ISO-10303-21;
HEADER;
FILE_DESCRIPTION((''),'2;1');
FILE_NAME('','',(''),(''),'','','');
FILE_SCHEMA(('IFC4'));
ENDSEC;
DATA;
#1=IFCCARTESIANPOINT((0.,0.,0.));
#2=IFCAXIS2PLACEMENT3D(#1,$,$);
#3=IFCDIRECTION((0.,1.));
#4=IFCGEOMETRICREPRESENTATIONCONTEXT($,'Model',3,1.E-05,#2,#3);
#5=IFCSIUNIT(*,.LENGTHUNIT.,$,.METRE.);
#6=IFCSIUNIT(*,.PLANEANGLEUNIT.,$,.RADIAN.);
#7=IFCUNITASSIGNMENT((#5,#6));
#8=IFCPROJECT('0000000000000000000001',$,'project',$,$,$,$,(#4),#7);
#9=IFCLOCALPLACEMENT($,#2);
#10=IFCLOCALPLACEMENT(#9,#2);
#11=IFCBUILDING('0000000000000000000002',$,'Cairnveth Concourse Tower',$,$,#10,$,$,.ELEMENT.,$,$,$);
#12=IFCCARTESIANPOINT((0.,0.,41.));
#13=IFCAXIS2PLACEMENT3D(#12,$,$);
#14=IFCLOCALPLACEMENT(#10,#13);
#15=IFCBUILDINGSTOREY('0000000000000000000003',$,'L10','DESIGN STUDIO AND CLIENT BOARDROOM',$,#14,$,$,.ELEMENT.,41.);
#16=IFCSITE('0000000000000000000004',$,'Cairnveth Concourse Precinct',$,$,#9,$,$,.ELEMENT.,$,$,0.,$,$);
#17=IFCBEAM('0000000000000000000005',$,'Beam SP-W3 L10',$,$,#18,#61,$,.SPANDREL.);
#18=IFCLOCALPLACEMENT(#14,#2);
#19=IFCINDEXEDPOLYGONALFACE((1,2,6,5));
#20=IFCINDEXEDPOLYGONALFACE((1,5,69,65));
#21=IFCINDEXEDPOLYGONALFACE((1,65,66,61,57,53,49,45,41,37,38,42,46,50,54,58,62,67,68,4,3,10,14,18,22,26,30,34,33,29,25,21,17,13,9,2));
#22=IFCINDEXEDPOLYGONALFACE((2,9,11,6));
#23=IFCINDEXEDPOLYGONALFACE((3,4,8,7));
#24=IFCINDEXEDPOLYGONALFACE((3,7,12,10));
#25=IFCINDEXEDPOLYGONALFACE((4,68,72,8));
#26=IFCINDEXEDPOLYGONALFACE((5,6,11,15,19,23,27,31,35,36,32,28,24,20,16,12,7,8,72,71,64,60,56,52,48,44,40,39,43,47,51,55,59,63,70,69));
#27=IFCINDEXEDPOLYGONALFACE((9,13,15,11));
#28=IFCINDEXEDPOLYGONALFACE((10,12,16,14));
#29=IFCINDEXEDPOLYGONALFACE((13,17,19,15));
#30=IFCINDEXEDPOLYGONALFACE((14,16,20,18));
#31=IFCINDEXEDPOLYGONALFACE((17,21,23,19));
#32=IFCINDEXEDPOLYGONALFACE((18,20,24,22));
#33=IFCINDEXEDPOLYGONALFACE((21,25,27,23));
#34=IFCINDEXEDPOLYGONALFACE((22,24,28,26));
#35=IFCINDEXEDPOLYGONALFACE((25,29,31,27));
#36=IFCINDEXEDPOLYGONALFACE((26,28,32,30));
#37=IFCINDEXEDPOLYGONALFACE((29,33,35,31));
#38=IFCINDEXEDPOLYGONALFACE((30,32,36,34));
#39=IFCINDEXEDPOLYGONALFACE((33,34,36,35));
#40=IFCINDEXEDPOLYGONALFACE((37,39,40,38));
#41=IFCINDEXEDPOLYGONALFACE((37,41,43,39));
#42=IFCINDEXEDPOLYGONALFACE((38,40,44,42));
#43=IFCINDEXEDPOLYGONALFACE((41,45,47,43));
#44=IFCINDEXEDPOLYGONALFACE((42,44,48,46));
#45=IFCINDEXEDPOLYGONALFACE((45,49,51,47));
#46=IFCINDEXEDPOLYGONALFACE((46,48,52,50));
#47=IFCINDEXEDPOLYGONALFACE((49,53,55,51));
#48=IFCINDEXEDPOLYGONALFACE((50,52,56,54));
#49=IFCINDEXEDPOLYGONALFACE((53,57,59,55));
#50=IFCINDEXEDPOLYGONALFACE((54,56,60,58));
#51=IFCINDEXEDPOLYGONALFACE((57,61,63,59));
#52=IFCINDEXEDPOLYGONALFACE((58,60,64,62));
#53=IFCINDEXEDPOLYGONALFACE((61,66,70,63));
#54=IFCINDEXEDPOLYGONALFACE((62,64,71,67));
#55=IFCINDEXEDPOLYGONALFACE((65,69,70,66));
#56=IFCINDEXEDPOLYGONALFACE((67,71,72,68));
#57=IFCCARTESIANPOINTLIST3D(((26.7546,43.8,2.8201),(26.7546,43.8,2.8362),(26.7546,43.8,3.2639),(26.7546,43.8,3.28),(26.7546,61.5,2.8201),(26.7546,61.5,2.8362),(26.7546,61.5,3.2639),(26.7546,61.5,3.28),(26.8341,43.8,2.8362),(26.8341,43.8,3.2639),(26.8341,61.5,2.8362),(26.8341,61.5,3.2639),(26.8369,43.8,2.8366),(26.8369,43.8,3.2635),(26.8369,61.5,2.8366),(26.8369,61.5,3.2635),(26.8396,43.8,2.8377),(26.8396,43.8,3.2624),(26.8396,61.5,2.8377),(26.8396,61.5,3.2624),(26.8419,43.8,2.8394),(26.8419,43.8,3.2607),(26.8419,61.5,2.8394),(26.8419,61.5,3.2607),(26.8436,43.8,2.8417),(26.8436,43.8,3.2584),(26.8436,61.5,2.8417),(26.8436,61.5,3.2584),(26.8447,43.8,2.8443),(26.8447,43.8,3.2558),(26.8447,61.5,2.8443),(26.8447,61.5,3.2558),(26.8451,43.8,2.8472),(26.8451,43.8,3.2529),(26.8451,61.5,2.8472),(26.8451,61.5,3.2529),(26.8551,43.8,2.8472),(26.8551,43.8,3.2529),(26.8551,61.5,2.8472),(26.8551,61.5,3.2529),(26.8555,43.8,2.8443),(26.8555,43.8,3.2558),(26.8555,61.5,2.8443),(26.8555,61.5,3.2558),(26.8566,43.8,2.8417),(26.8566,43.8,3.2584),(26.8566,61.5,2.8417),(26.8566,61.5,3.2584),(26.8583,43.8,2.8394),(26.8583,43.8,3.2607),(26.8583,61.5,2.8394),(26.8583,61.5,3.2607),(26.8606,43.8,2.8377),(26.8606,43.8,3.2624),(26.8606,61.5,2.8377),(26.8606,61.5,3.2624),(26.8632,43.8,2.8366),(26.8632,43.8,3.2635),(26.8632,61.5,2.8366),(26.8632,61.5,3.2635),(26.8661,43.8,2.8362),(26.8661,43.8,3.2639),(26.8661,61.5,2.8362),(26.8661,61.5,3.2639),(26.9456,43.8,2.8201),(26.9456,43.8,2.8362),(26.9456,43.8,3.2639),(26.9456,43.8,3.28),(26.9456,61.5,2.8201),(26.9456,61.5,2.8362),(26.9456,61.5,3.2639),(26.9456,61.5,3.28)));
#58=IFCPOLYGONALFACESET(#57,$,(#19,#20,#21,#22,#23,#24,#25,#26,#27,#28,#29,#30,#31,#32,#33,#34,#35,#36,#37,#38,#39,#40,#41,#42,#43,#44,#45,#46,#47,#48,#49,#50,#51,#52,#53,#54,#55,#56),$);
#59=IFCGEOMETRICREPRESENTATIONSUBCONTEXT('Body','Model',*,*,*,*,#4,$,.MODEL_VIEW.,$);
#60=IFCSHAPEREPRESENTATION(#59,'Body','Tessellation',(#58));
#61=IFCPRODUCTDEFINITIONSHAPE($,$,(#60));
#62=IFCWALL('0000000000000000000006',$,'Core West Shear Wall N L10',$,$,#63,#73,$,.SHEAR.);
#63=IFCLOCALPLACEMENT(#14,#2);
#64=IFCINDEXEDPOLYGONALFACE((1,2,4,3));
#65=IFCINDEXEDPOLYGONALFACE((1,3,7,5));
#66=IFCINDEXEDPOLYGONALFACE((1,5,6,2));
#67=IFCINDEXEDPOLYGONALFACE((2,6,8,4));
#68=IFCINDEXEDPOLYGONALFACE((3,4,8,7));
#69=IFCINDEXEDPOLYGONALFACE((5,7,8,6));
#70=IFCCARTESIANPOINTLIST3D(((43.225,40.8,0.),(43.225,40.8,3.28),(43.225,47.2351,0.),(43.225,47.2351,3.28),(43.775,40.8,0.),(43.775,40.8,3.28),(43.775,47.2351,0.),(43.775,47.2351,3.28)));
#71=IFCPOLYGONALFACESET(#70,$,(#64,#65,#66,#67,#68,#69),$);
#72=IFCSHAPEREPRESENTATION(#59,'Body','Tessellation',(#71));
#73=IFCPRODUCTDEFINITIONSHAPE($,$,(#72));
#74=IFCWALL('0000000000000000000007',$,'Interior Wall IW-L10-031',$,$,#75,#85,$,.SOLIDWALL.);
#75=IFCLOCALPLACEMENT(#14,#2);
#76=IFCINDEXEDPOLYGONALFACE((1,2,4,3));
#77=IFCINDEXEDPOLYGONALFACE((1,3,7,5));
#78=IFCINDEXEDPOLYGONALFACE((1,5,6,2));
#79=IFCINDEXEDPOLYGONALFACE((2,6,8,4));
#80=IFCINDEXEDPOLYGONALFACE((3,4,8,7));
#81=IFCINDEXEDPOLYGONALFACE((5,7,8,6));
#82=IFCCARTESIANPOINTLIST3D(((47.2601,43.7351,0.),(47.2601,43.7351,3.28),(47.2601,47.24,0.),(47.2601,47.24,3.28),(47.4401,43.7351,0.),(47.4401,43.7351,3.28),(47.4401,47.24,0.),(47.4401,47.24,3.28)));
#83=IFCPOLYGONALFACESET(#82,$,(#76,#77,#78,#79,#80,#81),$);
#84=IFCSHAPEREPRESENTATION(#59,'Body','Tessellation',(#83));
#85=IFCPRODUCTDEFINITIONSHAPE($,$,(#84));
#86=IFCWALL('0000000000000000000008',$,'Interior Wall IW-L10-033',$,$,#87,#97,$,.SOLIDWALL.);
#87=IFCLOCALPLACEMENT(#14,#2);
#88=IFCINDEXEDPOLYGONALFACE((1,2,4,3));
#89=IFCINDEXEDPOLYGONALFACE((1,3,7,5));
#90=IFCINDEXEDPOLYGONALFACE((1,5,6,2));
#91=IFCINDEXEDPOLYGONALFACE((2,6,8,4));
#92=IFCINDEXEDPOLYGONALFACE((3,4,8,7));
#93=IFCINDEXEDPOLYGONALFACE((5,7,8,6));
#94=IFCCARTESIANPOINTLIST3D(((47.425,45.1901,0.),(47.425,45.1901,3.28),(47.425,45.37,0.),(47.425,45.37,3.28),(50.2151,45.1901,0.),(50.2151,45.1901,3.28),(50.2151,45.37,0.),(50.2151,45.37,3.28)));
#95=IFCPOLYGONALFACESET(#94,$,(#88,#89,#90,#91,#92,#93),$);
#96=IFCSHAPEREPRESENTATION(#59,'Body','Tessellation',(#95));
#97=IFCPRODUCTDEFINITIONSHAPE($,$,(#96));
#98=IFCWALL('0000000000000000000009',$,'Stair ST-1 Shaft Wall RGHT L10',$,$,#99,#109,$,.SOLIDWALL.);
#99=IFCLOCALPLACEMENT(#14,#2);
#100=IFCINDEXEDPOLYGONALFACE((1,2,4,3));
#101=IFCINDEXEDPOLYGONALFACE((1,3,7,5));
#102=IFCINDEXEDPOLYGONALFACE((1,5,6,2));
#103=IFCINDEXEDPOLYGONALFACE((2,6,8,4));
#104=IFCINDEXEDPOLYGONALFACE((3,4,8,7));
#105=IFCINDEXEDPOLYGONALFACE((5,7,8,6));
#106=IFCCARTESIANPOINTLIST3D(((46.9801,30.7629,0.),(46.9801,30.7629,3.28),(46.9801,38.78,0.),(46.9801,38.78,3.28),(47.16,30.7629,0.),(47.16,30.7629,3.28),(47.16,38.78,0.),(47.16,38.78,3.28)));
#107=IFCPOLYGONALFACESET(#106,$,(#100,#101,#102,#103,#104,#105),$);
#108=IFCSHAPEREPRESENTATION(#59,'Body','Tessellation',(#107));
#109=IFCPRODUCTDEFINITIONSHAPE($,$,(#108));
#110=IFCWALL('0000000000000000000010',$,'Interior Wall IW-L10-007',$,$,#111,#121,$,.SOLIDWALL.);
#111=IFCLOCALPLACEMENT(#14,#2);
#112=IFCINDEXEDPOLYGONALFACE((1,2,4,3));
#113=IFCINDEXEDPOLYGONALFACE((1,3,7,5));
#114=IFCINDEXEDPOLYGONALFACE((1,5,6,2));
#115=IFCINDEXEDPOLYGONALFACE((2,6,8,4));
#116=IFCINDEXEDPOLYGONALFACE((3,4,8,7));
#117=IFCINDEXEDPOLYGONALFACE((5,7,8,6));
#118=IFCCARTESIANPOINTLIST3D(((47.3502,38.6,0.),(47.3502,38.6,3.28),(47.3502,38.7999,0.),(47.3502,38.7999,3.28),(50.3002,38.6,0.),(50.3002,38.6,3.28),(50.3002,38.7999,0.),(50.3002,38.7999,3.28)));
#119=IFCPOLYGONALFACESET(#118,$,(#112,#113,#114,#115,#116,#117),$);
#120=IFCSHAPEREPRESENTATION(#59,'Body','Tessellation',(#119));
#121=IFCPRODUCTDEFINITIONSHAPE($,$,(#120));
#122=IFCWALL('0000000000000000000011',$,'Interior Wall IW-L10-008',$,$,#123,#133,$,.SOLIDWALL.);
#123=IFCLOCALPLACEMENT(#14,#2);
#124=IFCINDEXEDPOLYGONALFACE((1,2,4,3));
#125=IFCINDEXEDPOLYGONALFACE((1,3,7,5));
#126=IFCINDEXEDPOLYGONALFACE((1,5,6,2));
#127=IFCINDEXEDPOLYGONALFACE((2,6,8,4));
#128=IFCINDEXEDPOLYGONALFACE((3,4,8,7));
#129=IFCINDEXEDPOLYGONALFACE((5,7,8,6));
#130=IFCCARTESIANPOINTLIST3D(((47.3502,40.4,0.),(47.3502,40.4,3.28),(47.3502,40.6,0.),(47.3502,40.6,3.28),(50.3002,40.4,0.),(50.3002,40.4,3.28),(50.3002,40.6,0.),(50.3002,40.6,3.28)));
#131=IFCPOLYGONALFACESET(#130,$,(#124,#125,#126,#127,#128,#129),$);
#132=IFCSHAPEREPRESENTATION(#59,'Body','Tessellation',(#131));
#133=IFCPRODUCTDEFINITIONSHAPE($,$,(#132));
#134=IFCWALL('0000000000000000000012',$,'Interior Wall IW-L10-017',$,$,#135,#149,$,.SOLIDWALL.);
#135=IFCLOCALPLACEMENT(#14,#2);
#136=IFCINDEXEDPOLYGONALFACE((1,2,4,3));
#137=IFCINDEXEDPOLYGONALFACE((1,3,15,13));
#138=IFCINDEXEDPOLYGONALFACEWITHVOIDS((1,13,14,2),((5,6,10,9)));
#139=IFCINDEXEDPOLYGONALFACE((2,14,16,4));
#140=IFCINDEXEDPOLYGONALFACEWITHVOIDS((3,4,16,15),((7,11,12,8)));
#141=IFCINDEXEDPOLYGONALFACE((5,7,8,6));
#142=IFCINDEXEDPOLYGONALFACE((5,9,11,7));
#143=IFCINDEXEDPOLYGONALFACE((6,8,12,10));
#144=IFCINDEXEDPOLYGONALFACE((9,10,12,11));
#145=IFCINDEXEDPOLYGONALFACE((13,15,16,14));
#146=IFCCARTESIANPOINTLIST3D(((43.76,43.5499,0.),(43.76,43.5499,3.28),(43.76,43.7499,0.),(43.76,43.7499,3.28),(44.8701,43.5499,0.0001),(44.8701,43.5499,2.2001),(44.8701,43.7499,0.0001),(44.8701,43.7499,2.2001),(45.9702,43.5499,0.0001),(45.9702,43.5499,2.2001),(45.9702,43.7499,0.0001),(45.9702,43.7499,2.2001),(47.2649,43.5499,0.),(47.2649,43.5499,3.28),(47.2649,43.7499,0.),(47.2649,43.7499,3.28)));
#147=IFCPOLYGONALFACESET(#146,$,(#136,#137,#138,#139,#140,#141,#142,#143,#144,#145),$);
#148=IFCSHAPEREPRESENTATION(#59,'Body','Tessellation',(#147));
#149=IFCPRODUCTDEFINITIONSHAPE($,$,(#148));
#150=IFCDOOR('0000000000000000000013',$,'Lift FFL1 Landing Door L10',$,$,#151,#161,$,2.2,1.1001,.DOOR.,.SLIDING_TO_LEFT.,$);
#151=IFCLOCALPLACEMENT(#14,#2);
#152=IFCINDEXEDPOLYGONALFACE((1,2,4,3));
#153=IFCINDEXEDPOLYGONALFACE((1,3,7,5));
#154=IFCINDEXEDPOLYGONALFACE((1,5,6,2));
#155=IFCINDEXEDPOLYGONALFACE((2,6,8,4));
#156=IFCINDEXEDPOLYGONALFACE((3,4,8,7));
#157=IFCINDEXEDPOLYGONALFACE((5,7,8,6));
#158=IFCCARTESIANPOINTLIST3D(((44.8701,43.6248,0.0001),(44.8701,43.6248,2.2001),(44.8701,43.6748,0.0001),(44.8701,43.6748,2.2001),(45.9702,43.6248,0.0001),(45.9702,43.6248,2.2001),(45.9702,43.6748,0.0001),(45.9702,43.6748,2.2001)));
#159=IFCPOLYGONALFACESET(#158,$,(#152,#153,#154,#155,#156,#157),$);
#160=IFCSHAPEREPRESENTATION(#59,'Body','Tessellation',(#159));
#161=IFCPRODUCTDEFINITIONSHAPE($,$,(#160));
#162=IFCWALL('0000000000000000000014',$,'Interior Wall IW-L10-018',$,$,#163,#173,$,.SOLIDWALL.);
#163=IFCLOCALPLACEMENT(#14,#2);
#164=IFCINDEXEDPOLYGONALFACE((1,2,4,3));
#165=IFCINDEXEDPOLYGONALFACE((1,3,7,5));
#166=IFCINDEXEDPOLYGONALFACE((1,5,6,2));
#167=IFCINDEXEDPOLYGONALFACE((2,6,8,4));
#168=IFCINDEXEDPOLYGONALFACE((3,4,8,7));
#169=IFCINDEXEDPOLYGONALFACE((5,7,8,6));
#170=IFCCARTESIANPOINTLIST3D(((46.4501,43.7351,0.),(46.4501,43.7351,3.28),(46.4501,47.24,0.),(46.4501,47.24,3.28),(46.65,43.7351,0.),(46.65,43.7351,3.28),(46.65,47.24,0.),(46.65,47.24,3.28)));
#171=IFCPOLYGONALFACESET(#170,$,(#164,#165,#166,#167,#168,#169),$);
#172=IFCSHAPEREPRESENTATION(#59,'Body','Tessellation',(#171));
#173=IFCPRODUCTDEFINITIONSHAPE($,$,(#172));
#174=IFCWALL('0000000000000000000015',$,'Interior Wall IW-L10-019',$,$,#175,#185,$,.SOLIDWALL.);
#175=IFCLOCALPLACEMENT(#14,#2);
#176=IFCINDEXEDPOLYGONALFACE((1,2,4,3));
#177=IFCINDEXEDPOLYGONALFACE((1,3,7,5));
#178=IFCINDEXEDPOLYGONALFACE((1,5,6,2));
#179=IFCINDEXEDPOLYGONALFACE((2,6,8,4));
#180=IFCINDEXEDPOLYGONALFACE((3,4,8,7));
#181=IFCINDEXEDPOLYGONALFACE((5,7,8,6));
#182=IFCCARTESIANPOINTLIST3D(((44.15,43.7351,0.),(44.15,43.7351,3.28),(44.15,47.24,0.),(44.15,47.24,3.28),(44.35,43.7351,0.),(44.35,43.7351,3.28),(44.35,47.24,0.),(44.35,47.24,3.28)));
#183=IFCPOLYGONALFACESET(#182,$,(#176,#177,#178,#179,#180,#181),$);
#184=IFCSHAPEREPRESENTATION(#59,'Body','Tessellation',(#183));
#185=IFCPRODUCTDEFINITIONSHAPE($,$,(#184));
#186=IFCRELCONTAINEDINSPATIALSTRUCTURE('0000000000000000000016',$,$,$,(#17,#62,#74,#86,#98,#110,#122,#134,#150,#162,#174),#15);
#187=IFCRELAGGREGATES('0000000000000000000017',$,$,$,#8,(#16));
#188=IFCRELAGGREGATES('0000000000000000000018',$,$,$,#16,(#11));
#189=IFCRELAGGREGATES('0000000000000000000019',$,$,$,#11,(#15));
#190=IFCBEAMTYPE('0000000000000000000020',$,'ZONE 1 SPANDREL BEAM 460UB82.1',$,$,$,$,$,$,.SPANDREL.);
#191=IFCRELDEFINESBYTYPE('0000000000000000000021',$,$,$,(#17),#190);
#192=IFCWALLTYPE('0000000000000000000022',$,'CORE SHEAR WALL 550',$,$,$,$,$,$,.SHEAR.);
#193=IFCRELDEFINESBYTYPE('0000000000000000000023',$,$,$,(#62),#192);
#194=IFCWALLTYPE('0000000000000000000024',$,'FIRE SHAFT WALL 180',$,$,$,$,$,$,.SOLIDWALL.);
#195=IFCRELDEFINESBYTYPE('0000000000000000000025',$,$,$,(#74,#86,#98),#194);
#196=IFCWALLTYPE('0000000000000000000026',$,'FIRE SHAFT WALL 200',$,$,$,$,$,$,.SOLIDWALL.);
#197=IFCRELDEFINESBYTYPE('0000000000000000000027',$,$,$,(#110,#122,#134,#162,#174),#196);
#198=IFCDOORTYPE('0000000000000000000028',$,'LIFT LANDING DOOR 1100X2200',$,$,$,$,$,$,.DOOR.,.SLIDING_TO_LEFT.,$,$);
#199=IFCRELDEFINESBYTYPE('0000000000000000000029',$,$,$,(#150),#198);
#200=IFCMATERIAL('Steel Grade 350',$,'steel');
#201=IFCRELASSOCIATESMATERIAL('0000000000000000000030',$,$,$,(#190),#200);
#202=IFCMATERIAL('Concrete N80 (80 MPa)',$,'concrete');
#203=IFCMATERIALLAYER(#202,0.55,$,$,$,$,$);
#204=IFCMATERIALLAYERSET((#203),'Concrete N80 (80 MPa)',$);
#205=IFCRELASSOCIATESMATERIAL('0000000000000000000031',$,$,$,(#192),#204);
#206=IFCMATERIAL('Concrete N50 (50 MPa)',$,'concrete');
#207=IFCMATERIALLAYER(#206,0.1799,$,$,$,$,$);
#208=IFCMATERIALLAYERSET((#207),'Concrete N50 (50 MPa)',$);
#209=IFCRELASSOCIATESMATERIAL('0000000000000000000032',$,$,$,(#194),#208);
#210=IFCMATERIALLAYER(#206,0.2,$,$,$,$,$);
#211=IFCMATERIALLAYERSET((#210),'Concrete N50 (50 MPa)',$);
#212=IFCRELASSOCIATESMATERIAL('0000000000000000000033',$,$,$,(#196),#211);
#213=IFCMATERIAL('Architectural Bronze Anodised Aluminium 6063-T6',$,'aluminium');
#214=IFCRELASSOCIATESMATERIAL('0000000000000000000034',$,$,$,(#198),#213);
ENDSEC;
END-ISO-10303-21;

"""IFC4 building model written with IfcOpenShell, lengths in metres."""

from ifc_helpers import new_model, si_unit, direction, frame, frame_2d, origin, origin_2d, place, context, subcontext, project, spatial, rectangle, i_section, extrude, material, layer, layer_set, material_profile, profile_set, type_object, element, fill, save


model = new_model("IFC4")

# Units and contexts
model_context = context("Model", 3, precision=1e-05, world=origin(), true_north=direction((0.0, 1.0)))
body_context = subcontext(model_context, "Body", "Model", "MODEL_VIEW")
ifc_project = project(units=[si_unit("LENGTHUNIT", "METRE"), si_unit("PLANEANGLEUNIT", "RADIAN")], contexts=[model_context])

# Site, building, storey
site_placement = place(None, origin())
site = spatial("IfcSite", under=ifc_project, at=site_placement, Name="Cairnveth Concourse Precinct", CompositionType="ELEMENT", RefElevation=0.0)
building_placement = place(site_placement, origin())
building = spatial("IfcBuilding", under=site, at=building_placement, Name="Cairnveth Concourse Tower", CompositionType="ELEMENT")
storey_placement = place(building_placement, frame((0.0, 0.0, 41.0)))
storey = spatial("IfcBuildingStorey", under=building, at=storey_placement, Name="L10", Description="DESIGN STUDIO AND CLIENT BOARDROOM", CompositionType="ELEMENT", Elevation=41.0)

# Shared definitions
ifc_material_1 = material(Name="Concrete N80 (80 MPa)", Category="concrete")

# Beam
ifc_material_2 = material(Name="Steel Grade 350", Category="steel")
ifc_material_profile_1 = material_profile(ifc_material_2, i_section(OverallWidth=0.1909, OverallDepth=0.46, WebThickness=0.01, FlangeThickness=0.0161, FilletRadius=0.011, at=origin_2d()), Name="460UB82.1")
ifc_profile_set_1 = profile_set([ifc_material_profile_1], Name="Steel Grade 350")
beam_type_1 = type_object("IfcBeamType", Name="ZONE 1 SPANDREL BEAM 460UB82.1", PredefinedType="SPANDREL", material=ifc_profile_set_1)
beam_1_placement = place(storey_placement, frame((26.8501, 43.8, 3.05), z_axis=(0.0, 1.0, 0.0), x_axis=(-1.0, 0.0, 0.0)))
element("IfcBeam", 1, at=beam_1_placement, inside=storey, type_object=beam_type_1, Name="Beam SP-W3 L10", PredefinedType="SPANDREL", context=body_context, shape_type="SweptSolid", body=[
    extrude(i_section(OverallWidth=0.1909, OverallDepth=0.46, WebThickness=0.01, FlangeThickness=0.0161, FilletRadius=0.011, at=origin_2d()), origin(), (0.0, 0.0, 1.0), 17.7),
])

# Walls
ifc_layer_1 = layer(ifc_material_1, 0.55)
ifc_layer_set_1 = layer_set([ifc_layer_1], Name="Concrete N80 (80 MPa)")
wall_type_1 = type_object("IfcWallType", Name="CORE SHEAR WALL 550", PredefinedType="SHEAR", material=ifc_layer_set_1)
wall_1_placement = place(storey_placement, frame((43.5, 40.8, 0.0), z_axis=(0.0, 0.0, 1.0), x_axis=(0.0, 1.0, 0.0)))
element("IfcWall", 2, at=wall_1_placement, inside=storey, type_object=wall_type_1, Name="Core West Shear Wall N L10", PredefinedType="SHEAR", context=body_context, shape_type="SweptSolid", body=[
    extrude(rectangle(XDim=6.4351, YDim=0.55, at=frame_2d((3.2175, 0.0))), origin(), (0.0, 0.0, 1.0), 3.28),
])
ifc_material_3 = material(Name="Concrete N50 (50 MPa)", Category="concrete")
ifc_layer_2 = layer(ifc_material_3, 0.1799)
ifc_layer_set_2 = layer_set([ifc_layer_2], Name="Concrete N50 (50 MPa)")
wall_type_2 = type_object("IfcWallType", Name="FIRE SHAFT WALL 180", PredefinedType="SOLIDWALL", material=ifc_layer_set_2)
wall_2_placement = place(storey_placement, frame((47.3501, 43.7351, 0.0), z_axis=(0.0, 0.0, 1.0), x_axis=(0.0, 1.0, 0.0)))
element("IfcWall", 3, at=wall_2_placement, inside=storey, type_object=wall_type_2, Name="Interior Wall IW-L10-031", PredefinedType="SOLIDWALL", context=body_context, shape_type="SweptSolid", body=[
    extrude(rectangle(XDim=3.5049, YDim=0.1799, at=frame_2d((1.7524, 0.0))), origin(), (0.0, 0.0, 1.0), 3.28),
])
wall_3_placement = place(storey_placement, frame((47.425, 45.28, 0.0), z_axis=(0.0, 0.0, 1.0), x_axis=(1.0, 0.0, 0.0)))
element("IfcWall", 4, at=wall_3_placement, inside=storey, type_object=wall_type_2, Name="Interior Wall IW-L10-033", PredefinedType="SOLIDWALL", context=body_context, shape_type="SweptSolid", body=[
    extrude(rectangle(XDim=2.79, YDim=0.1799, at=frame_2d((1.395, 0.0))), origin(), (0.0, 0.0, 1.0), 3.28),
])

# Walls
wall_4_placement = place(storey_placement, frame((47.0701, 38.78, 0.0), z_axis=(0.0, 0.0, 1.0), x_axis=(0.0, -1.0, 0.0)))
element("IfcWall", 5, at=wall_4_placement, inside=storey, type_object=wall_type_2, Name="Stair ST-1 Shaft Wall RGHT L10", PredefinedType="SOLIDWALL", context=body_context, shape_type="SweptSolid", body=[
    extrude(rectangle(XDim=8.0171, YDim=0.1799, at=frame_2d((4.0085, 0.0))), origin(), (0.0, 0.0, 1.0), 3.28),
])
ifc_layer_3 = layer(ifc_material_3, 0.2)
ifc_layer_set_3 = layer_set([ifc_layer_3], Name="Concrete N50 (50 MPa)")
wall_type_3 = type_object("IfcWallType", Name="FIRE SHAFT WALL 200", PredefinedType="SOLIDWALL", material=ifc_layer_set_3)
for number, where, z_axis, x_axis, name in (
    (6, (47.3501, 38.7, 0.0), (0.0, 0.0, 1.0), (1.0, 0.0, 0.0), "Interior Wall IW-L10-007"),
    (7, (47.3501, 40.5, 0.0), (0.0, 0.0, 1.0), (1.0, 0.0, 0.0), "Interior Wall IW-L10-008"),
):
    element("IfcWall", number, at=place(storey_placement, frame(where, z_axis=z_axis, x_axis=x_axis)), inside=storey, type_object=wall_type_3, Name=name, PredefinedType="SOLIDWALL", context=body_context, shape_type="SweptSolid", body=[
        extrude(rectangle(XDim=2.95, YDim=0.2, at=frame_2d((1.4751, 0.0))), origin(), (0.0, 0.0, 1.0), 3.28),
    ])

# Wall, opening, door
wall_5_placement = place(storey_placement, frame((43.76, 43.6499, 0.0), z_axis=(0.0, 0.0, 1.0), x_axis=(1.0, 0.0, 0.0)))
wall_5 = element("IfcWall", 8, at=wall_5_placement, inside=storey, type_object=wall_type_3, Name="Interior Wall IW-L10-017", PredefinedType="SOLIDWALL", context=body_context, shape_type="SweptSolid", body=[
    extrude(rectangle(XDim=3.5049, YDim=0.2, at=frame_2d((1.7524, 0.0))), origin(), (0.0, 0.0, 1.0), 3.28),
])
opening_1_placement = place(wall_5_placement, frame((1.1101, 0.0, 0.0)))
opening_1 = element("IfcOpeningElement", 9, at=opening_1_placement, cuts=wall_5, PredefinedType="OPENING", context=body_context, shape_type="SweptSolid", body=[
    extrude(rectangle(XDim=1.1001, YDim=2.2, at=frame_2d((0.55, 1.1001))), frame((0.0, 0.1099, 0.0), z_axis=(0.0, -1.0, 0.0), x_axis=(1.0, 0.0, 0.0)), (0.0, 0.0, 1.0), 0.22),
])
ifc_material_4 = material(Name="Architectural Bronze Anodised Aluminium 6063-T6", Category="aluminium")
door_type_1 = type_object("IfcDoorType", Name="LIFT LANDING DOOR 1100X2200", OperationType="SLIDING_TO_LEFT", PredefinedType="DOOR", material=ifc_material_4)
door_1_placement = place(opening_1_placement, origin())
door_1 = element("IfcDoor", 10, at=door_1_placement, inside=storey, type_object=door_type_1, Name="Lift FFL1 Landing Door L10", OperationType="SLIDING_TO_LEFT", OverallHeight=2.2, OverallWidth=1.1001, PredefinedType="DOOR", context=body_context, shape_type="SweptSolid", body=[
    extrude(rectangle(XDim=1.1001, YDim=2.2, at=frame_2d((0.55, 1.1001))), frame((0.0, 0.0249, 0.0), z_axis=(0.0, -1.0, 0.0), x_axis=(1.0, 0.0, 0.0)), (0.0, 0.0, 1.0), 0.05),
])
fill(opening_1, door_1)

# Walls
for number, where, z_axis, x_axis, name in (
    (11, (46.55, 43.7351, 0.0), (0.0, 0.0, 1.0), (0.0, 1.0, 0.0), "Interior Wall IW-L10-018"),
    (12, (44.25, 43.7351, 0.0), (0.0, 0.0, 1.0), (0.0, 1.0, 0.0), "Interior Wall IW-L10-019"),
):
    element("IfcWall", number, at=place(storey_placement, frame(where, z_axis=z_axis, x_axis=x_axis)), inside=storey, type_object=wall_type_3, Name=name, PredefinedType="SOLIDWALL", context=body_context, shape_type="SweptSolid", body=[
        extrude(rectangle(XDim=3.5049, YDim=0.2, at=frame_2d((1.7524, 0.0))), origin(), (0.0, 0.0, 1.0), 3.28),
    ])

save(model, "model.ifc")
